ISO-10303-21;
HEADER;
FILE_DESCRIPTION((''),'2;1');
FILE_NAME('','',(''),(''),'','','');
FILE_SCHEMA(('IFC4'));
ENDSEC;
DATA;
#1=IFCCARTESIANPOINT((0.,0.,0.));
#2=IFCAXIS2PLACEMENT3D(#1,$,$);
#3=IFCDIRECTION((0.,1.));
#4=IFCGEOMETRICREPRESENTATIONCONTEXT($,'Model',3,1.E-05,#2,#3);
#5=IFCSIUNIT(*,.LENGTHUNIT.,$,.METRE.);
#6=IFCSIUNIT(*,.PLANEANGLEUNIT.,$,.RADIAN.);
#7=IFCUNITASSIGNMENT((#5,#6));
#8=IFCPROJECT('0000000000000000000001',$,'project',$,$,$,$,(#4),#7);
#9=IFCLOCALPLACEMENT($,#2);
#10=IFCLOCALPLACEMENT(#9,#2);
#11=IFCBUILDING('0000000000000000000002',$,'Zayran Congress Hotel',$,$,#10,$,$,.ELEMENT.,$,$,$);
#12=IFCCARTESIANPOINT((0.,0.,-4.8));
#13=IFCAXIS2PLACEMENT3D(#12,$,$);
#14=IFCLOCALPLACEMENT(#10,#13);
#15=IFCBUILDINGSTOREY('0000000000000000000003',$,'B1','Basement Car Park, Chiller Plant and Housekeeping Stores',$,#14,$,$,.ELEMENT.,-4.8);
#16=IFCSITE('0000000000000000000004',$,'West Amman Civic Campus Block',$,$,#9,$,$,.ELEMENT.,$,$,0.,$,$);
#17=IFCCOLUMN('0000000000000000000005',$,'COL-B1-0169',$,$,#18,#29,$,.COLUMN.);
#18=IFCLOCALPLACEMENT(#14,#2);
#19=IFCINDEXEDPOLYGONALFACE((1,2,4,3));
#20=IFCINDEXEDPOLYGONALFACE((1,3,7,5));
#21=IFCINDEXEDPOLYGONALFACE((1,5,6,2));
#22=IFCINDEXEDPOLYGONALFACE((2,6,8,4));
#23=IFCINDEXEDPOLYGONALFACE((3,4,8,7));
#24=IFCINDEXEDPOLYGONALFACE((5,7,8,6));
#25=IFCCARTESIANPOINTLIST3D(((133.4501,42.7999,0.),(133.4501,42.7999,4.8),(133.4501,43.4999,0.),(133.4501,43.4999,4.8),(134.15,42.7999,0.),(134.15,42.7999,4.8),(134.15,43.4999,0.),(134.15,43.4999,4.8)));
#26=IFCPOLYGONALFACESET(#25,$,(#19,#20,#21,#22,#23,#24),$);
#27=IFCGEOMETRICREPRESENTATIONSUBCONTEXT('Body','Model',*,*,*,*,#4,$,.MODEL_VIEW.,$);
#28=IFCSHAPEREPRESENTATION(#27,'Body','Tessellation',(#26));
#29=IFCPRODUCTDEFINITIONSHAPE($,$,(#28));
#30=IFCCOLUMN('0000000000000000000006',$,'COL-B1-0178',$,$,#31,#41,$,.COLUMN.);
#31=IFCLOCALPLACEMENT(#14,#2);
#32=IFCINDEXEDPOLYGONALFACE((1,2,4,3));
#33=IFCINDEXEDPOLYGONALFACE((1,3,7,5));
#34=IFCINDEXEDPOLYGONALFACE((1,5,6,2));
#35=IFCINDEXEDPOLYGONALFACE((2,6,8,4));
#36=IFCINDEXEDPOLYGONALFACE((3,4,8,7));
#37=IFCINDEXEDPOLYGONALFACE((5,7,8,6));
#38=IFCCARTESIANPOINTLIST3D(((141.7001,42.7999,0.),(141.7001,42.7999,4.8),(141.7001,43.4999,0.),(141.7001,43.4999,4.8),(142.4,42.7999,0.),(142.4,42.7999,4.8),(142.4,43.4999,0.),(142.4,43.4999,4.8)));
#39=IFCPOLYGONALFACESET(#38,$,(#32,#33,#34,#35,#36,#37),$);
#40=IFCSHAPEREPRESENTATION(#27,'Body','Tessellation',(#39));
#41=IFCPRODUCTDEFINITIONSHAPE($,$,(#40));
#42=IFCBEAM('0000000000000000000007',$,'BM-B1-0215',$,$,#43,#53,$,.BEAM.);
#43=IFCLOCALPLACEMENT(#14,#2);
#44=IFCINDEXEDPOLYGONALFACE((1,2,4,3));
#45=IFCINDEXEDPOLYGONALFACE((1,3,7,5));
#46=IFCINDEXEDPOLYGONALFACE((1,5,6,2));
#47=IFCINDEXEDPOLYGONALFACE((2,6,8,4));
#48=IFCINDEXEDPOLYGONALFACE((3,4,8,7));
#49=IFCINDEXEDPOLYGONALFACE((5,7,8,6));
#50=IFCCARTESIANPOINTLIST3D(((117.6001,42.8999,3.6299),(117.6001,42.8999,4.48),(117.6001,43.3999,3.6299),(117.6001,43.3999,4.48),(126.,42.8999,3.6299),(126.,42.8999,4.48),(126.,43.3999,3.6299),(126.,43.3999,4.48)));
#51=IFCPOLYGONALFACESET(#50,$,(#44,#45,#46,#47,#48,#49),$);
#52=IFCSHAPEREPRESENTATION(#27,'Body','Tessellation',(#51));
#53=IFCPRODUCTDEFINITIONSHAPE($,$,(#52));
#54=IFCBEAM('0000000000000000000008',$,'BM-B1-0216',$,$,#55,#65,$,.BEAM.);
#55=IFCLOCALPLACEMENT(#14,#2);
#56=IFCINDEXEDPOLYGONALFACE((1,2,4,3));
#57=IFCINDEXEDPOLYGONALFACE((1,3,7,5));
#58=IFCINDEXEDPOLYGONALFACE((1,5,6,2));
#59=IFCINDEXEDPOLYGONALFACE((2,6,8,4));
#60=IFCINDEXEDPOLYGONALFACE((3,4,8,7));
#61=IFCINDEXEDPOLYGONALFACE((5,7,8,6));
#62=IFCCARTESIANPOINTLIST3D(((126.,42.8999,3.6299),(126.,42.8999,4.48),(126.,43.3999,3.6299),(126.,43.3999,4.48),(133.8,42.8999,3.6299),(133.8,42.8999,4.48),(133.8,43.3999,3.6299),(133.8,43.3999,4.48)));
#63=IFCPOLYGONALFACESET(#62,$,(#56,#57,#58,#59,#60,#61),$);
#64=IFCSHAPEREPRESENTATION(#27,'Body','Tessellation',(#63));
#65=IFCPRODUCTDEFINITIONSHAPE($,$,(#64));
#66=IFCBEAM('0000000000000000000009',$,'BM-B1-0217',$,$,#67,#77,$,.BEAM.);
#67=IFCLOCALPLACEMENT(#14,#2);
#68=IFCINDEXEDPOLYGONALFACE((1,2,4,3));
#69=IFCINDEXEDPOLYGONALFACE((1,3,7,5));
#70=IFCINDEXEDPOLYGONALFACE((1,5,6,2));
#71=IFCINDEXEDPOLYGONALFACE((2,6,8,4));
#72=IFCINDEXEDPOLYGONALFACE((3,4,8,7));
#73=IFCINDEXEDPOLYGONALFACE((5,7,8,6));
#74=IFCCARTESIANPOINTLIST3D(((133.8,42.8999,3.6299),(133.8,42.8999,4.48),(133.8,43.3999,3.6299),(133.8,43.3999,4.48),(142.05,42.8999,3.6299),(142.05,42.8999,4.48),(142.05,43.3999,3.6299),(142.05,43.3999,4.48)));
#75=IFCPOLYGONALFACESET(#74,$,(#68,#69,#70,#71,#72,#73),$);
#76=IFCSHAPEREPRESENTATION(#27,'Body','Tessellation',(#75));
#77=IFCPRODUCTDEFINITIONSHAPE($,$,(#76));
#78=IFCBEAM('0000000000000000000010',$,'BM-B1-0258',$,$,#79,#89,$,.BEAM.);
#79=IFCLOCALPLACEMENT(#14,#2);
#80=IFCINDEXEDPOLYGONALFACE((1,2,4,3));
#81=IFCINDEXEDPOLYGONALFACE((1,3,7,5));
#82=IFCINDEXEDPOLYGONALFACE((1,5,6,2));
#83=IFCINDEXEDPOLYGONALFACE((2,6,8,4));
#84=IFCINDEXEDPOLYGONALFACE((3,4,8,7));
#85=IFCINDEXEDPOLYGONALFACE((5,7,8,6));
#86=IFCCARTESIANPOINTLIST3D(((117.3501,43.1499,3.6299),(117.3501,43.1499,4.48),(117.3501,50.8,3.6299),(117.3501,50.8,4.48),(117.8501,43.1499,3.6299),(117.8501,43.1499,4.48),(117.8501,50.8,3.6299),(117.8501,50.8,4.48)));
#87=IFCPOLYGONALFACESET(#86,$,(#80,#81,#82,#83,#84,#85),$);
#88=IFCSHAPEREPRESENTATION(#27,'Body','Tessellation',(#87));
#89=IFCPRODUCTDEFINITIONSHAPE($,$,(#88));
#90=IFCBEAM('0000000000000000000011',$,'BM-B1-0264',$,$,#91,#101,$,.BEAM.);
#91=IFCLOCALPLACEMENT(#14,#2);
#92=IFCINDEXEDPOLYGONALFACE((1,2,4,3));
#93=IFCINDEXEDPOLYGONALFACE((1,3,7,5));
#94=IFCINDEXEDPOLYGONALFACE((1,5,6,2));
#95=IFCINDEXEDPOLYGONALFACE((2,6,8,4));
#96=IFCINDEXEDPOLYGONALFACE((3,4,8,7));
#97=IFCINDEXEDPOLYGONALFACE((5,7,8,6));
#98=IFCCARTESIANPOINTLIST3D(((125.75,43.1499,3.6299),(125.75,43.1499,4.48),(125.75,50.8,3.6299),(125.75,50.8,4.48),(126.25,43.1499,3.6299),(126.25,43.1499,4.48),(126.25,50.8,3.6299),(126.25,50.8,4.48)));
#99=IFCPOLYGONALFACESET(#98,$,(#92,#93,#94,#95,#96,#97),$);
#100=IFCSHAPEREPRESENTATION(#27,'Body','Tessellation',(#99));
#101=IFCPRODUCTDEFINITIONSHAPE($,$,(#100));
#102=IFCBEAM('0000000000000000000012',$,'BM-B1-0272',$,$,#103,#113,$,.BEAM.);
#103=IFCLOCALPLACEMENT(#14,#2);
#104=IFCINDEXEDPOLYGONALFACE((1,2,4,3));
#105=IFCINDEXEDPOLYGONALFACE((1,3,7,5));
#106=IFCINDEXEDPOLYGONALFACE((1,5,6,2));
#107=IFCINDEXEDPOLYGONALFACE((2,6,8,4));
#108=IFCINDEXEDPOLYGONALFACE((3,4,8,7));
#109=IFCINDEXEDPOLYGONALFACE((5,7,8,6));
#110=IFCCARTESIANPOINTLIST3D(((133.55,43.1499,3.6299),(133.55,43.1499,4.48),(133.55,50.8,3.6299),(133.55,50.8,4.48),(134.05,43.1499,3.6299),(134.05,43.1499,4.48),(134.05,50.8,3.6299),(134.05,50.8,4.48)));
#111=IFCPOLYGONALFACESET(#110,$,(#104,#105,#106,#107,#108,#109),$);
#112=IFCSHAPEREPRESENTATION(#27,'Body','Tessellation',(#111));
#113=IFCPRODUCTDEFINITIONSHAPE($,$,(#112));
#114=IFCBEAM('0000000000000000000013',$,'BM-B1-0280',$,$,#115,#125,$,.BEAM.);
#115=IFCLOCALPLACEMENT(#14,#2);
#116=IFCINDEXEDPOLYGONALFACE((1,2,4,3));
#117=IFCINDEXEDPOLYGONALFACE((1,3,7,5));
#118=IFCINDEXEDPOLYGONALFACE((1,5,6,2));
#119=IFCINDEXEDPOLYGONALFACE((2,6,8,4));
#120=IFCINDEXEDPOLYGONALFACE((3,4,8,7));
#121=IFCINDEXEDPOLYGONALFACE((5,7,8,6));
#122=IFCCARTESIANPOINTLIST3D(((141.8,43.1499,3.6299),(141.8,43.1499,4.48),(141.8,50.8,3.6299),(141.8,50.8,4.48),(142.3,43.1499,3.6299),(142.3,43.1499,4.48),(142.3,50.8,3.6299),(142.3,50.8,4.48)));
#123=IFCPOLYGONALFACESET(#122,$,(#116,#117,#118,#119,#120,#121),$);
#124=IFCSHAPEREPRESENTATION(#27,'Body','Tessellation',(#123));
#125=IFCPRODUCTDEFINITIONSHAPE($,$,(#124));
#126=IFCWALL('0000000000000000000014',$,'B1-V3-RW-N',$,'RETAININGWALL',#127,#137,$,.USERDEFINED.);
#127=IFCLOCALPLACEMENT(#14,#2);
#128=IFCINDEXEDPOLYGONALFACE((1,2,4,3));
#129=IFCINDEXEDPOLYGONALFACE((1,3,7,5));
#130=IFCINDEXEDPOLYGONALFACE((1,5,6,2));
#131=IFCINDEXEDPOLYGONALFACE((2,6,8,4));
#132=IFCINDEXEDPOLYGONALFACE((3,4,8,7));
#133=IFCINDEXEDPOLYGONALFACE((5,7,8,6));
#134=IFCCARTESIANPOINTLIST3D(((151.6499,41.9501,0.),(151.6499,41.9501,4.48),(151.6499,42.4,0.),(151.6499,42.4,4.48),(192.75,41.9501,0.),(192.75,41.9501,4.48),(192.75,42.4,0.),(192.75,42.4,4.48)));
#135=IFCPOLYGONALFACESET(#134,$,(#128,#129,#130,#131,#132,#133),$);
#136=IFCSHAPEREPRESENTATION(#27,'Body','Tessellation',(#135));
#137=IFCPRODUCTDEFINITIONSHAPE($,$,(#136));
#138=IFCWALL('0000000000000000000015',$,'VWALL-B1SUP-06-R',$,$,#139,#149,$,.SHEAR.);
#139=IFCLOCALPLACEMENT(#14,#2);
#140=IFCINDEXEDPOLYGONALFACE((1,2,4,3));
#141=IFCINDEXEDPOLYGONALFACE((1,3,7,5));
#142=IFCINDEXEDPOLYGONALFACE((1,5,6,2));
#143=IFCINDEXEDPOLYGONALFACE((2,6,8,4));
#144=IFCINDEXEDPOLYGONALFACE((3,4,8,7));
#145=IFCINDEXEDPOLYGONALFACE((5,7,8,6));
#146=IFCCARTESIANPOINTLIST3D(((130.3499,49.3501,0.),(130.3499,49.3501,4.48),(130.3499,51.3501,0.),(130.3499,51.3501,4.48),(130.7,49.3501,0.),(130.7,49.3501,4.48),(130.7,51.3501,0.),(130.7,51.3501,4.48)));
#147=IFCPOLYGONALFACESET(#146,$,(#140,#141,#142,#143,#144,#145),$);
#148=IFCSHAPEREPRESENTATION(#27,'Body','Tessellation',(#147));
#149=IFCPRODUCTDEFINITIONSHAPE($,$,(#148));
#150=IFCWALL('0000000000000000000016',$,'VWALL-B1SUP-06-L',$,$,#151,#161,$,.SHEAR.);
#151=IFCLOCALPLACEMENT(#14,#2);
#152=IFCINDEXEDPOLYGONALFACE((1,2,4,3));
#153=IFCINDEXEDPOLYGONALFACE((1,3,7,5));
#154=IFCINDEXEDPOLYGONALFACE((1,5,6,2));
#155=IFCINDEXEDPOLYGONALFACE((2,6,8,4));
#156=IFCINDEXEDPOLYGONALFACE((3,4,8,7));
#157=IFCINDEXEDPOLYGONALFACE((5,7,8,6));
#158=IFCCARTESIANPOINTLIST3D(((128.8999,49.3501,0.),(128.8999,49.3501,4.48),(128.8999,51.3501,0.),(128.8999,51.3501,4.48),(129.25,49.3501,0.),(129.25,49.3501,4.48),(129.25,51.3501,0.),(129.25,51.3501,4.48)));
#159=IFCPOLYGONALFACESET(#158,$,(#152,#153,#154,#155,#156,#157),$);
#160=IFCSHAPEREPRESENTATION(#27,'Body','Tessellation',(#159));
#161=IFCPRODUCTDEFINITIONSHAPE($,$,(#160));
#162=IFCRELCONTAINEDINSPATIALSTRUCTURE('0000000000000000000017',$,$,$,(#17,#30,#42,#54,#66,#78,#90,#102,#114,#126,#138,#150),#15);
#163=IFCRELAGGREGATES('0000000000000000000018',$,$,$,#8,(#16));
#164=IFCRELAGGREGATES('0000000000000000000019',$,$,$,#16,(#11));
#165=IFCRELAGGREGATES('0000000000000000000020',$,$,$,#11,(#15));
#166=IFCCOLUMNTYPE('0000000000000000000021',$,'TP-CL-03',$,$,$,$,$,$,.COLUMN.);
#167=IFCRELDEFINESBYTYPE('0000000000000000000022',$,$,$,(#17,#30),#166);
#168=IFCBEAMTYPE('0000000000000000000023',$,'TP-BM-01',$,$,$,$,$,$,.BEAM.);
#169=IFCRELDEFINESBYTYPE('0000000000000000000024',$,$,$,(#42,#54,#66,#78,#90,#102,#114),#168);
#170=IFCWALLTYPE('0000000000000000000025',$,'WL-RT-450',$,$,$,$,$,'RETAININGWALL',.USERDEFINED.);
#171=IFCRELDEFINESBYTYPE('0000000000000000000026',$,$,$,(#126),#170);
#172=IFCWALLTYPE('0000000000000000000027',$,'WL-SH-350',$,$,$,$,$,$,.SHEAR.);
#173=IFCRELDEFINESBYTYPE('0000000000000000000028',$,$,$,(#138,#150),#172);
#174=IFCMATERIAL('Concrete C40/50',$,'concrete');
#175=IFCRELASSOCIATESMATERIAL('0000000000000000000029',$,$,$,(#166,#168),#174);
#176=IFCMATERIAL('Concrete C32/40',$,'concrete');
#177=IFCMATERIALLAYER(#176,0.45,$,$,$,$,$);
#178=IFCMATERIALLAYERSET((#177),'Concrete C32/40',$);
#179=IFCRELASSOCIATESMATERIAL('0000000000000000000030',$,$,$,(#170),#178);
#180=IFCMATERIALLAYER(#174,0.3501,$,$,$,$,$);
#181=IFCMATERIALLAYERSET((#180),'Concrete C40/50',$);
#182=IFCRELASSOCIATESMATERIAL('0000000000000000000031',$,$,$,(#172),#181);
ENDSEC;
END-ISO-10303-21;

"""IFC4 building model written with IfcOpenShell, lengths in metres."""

from ifc_helpers import new_model, si_unit, direction, frame, frame_2d, origin, origin_2d, place, context, subcontext, project, spatial, rectangle, extrude, material, layer, layer_set, material_profile, profile_set, type_object, element, save


model = new_model("IFC4")

# Units and contexts
model_context = context("Model", 3, precision=1e-05, world=origin(), true_north=direction((0.0, 1.0)))
body_context = subcontext(model_context, "Body", "Model", "MODEL_VIEW")
ifc_project = project(units=[si_unit("LENGTHUNIT", "METRE"), si_unit("PLANEANGLEUNIT", "RADIAN")], contexts=[model_context])

# Site, building, storey
site_placement = place(None, origin())
site = spatial("IfcSite", under=ifc_project, at=site_placement, Name="West Amman Civic Campus Block", CompositionType="ELEMENT", RefElevation=0.0)
building_placement = place(site_placement, origin())
building = spatial("IfcBuilding", under=site, at=building_placement, Name="Zayran Congress Hotel", CompositionType="ELEMENT")
storey_placement = place(building_placement, frame((0.0, 0.0, -4.8)))
storey = spatial("IfcBuildingStorey", under=building, at=storey_placement, Name="B1", Description="Basement Car Park, Chiller Plant and Housekeeping Stores", CompositionType="ELEMENT", Elevation=-4.8)

# Shared definitions
ifc_material_1 = material(Name="Concrete C40/50", Category="concrete")

# Columns
ifc_material_profile_1 = material_profile(ifc_material_1, rectangle(XDim=0.7, YDim=0.7, at=origin_2d()), Name="RC 700x700")
ifc_profile_set_1 = profile_set([ifc_material_profile_1], Name="Concrete C40/50")
column_type = type_object("IfcColumnType", Name="TP-CL-03", PredefinedType="COLUMN", material=ifc_profile_set_1)
for number, where, z_axis, x_axis, name in (
    (1, (133.8, 43.1499, 0.0), (0.0, 0.0, 1.0), (1.0, 0.0, 0.0), "COL-B1-0169"),
    (2, (142.05, 43.1499, 0.0), (0.0, 0.0, 1.0), (1.0, 0.0, 0.0), "COL-B1-0178"),
):
    element("IfcColumn", number, at=place(storey_placement, frame(where, z_axis=z_axis, x_axis=x_axis)), inside=storey, type_object=column_type, Name=name, PredefinedType="COLUMN", context=body_context, shape_type="SweptSolid", body=[
        extrude(rectangle(XDim=0.7, YDim=0.7, at=origin_2d()), origin(), (0.0, 0.0, 1.0), 4.8),
    ])

# Beams
ifc_material_profile_2 = material_profile(ifc_material_1, rectangle(XDim=0.5, YDim=0.8501, at=origin_2d()), Name="RC 500x850")
ifc_profile_set_2 = profile_set([ifc_material_profile_2], Name="Concrete C40/50")
beam_type = type_object("IfcBeamType", Name="TP-BM-01", PredefinedType="BEAM", material=ifc_profile_set_2)
beam_1_placement = place(storey_placement, frame((117.6001, 43.1499, 4.0549), z_axis=(1.0, 0.0, 0.0), x_axis=(0.0, 1.0, 0.0)))
element("IfcBeam", 3, at=beam_1_placement, inside=storey, type_object=beam_type, Name="BM-B1-0215", PredefinedType="BEAM", context=body_context, shape_type="SweptSolid", body=[
    extrude(rectangle(XDim=0.5, YDim=0.8501, at=origin_2d()), origin(), (0.0, 0.0, 1.0), 8.3999),
])
beam_2_placement = place(storey_placement, frame((126.0, 43.1499, 4.0549), z_axis=(1.0, 0.0, 0.0), x_axis=(0.0, 1.0, 0.0)))
element("IfcBeam", 4, at=beam_2_placement, inside=storey, type_object=beam_type, Name="BM-B1-0216", PredefinedType="BEAM", context=body_context, shape_type="SweptSolid", body=[
    extrude(rectangle(XDim=0.5, YDim=0.8501, at=origin_2d()), origin(), (0.0, 0.0, 1.0), 7.8),
])
beam_3_placement = place(storey_placement, frame((133.8, 43.1499, 4.0549), z_axis=(1.0, 0.0, 0.0), x_axis=(0.0, 1.0, 0.0)))
element("IfcBeam", 5, at=beam_3_placement, inside=storey, type_object=beam_type, Name="BM-B1-0217", PredefinedType="BEAM", context=body_context, shape_type="SweptSolid", body=[
    extrude(rectangle(XDim=0.5, YDim=0.8501, at=origin_2d()), origin(), (0.0, 0.0, 1.0), 8.25),
])
for number, where, z_axis, x_axis, name in (
    (6, (117.6001, 43.1499, 4.0549), (0.0, 1.0, 0.0), (-1.0, 0.0, 0.0), "BM-B1-0258"),
    (7, (126.0, 43.1499, 4.0549), (0.0, 1.0, 0.0), (-1.0, 0.0, 0.0), "BM-B1-0264"),
    (8, (133.8, 43.1499, 4.0549), (0.0, 1.0, 0.0), (-1.0, 0.0, 0.0), "BM-B1-0272"),
    (9, (142.05, 43.1499, 4.0549), (0.0, 1.0, 0.0), (-1.0, 0.0, 0.0), "BM-B1-0280"),
):
    element("IfcBeam", number, at=place(storey_placement, frame(where, z_axis=z_axis, x_axis=x_axis)), inside=storey, type_object=beam_type, Name=name, PredefinedType="BEAM", context=body_context, shape_type="SweptSolid", body=[
        extrude(rectangle(XDim=0.5, YDim=0.8501, at=origin_2d()), origin(), (0.0, 0.0, 1.0), 7.6501),
    ])

# Walls
ifc_material_2 = material(Name="Concrete C32/40", Category="concrete")
ifc_layer_1 = layer(ifc_material_2, 0.45)
ifc_layer_set_1 = layer_set([ifc_layer_1], Name="Concrete C32/40")
wall_type_1 = type_object("IfcWallType", Name="WL-RT-450", ElementType="RETAININGWALL", PredefinedType="USERDEFINED", material=ifc_layer_set_1)
wall_placement = place(storey_placement, frame((151.6499, 42.175, 0.0), z_axis=(0.0, 0.0, 1.0), x_axis=(1.0, 0.0, 0.0)))
element("IfcWall", 10, at=wall_placement, inside=storey, type_object=wall_type_1, Name="B1-V3-RW-N", ObjectType="RETAININGWALL", PredefinedType="USERDEFINED", context=body_context, shape_type="SweptSolid", body=[
    extrude(rectangle(XDim=41.1001, YDim=0.45, at=frame_2d((20.55, 0.0))), origin(), (0.0, 0.0, 1.0), 4.48),
])
ifc_layer_2 = layer(ifc_material_1, 0.3501)
ifc_layer_set_2 = layer_set([ifc_layer_2], Name="Concrete C40/50")
wall_type_2 = type_object("IfcWallType", Name="WL-SH-350", PredefinedType="SHEAR", material=ifc_layer_set_2)
for number, where, z_axis, x_axis, name in (
    (11, (130.5249, 49.3501, 0.0), (0.0, 0.0, 1.0), (0.0, 1.0, 0.0), "VWALL-B1SUP-06-R"),
    (12, (129.075, 49.3501, 0.0), (0.0, 0.0, 1.0), (0.0, 1.0, 0.0), "VWALL-B1SUP-06-L"),
):
    element("IfcWall", number, at=place(storey_placement, frame(where, z_axis=z_axis, x_axis=x_axis)), inside=storey, type_object=wall_type_2, Name=name, PredefinedType="SHEAR", context=body_context, shape_type="SweptSolid", body=[
        extrude(rectangle(XDim=2.0, YDim=0.3501, at=frame_2d((1.0, 0.0))), origin(), (0.0, 0.0, 1.0), 4.48),
    ])

save(model, "model.ifc")
